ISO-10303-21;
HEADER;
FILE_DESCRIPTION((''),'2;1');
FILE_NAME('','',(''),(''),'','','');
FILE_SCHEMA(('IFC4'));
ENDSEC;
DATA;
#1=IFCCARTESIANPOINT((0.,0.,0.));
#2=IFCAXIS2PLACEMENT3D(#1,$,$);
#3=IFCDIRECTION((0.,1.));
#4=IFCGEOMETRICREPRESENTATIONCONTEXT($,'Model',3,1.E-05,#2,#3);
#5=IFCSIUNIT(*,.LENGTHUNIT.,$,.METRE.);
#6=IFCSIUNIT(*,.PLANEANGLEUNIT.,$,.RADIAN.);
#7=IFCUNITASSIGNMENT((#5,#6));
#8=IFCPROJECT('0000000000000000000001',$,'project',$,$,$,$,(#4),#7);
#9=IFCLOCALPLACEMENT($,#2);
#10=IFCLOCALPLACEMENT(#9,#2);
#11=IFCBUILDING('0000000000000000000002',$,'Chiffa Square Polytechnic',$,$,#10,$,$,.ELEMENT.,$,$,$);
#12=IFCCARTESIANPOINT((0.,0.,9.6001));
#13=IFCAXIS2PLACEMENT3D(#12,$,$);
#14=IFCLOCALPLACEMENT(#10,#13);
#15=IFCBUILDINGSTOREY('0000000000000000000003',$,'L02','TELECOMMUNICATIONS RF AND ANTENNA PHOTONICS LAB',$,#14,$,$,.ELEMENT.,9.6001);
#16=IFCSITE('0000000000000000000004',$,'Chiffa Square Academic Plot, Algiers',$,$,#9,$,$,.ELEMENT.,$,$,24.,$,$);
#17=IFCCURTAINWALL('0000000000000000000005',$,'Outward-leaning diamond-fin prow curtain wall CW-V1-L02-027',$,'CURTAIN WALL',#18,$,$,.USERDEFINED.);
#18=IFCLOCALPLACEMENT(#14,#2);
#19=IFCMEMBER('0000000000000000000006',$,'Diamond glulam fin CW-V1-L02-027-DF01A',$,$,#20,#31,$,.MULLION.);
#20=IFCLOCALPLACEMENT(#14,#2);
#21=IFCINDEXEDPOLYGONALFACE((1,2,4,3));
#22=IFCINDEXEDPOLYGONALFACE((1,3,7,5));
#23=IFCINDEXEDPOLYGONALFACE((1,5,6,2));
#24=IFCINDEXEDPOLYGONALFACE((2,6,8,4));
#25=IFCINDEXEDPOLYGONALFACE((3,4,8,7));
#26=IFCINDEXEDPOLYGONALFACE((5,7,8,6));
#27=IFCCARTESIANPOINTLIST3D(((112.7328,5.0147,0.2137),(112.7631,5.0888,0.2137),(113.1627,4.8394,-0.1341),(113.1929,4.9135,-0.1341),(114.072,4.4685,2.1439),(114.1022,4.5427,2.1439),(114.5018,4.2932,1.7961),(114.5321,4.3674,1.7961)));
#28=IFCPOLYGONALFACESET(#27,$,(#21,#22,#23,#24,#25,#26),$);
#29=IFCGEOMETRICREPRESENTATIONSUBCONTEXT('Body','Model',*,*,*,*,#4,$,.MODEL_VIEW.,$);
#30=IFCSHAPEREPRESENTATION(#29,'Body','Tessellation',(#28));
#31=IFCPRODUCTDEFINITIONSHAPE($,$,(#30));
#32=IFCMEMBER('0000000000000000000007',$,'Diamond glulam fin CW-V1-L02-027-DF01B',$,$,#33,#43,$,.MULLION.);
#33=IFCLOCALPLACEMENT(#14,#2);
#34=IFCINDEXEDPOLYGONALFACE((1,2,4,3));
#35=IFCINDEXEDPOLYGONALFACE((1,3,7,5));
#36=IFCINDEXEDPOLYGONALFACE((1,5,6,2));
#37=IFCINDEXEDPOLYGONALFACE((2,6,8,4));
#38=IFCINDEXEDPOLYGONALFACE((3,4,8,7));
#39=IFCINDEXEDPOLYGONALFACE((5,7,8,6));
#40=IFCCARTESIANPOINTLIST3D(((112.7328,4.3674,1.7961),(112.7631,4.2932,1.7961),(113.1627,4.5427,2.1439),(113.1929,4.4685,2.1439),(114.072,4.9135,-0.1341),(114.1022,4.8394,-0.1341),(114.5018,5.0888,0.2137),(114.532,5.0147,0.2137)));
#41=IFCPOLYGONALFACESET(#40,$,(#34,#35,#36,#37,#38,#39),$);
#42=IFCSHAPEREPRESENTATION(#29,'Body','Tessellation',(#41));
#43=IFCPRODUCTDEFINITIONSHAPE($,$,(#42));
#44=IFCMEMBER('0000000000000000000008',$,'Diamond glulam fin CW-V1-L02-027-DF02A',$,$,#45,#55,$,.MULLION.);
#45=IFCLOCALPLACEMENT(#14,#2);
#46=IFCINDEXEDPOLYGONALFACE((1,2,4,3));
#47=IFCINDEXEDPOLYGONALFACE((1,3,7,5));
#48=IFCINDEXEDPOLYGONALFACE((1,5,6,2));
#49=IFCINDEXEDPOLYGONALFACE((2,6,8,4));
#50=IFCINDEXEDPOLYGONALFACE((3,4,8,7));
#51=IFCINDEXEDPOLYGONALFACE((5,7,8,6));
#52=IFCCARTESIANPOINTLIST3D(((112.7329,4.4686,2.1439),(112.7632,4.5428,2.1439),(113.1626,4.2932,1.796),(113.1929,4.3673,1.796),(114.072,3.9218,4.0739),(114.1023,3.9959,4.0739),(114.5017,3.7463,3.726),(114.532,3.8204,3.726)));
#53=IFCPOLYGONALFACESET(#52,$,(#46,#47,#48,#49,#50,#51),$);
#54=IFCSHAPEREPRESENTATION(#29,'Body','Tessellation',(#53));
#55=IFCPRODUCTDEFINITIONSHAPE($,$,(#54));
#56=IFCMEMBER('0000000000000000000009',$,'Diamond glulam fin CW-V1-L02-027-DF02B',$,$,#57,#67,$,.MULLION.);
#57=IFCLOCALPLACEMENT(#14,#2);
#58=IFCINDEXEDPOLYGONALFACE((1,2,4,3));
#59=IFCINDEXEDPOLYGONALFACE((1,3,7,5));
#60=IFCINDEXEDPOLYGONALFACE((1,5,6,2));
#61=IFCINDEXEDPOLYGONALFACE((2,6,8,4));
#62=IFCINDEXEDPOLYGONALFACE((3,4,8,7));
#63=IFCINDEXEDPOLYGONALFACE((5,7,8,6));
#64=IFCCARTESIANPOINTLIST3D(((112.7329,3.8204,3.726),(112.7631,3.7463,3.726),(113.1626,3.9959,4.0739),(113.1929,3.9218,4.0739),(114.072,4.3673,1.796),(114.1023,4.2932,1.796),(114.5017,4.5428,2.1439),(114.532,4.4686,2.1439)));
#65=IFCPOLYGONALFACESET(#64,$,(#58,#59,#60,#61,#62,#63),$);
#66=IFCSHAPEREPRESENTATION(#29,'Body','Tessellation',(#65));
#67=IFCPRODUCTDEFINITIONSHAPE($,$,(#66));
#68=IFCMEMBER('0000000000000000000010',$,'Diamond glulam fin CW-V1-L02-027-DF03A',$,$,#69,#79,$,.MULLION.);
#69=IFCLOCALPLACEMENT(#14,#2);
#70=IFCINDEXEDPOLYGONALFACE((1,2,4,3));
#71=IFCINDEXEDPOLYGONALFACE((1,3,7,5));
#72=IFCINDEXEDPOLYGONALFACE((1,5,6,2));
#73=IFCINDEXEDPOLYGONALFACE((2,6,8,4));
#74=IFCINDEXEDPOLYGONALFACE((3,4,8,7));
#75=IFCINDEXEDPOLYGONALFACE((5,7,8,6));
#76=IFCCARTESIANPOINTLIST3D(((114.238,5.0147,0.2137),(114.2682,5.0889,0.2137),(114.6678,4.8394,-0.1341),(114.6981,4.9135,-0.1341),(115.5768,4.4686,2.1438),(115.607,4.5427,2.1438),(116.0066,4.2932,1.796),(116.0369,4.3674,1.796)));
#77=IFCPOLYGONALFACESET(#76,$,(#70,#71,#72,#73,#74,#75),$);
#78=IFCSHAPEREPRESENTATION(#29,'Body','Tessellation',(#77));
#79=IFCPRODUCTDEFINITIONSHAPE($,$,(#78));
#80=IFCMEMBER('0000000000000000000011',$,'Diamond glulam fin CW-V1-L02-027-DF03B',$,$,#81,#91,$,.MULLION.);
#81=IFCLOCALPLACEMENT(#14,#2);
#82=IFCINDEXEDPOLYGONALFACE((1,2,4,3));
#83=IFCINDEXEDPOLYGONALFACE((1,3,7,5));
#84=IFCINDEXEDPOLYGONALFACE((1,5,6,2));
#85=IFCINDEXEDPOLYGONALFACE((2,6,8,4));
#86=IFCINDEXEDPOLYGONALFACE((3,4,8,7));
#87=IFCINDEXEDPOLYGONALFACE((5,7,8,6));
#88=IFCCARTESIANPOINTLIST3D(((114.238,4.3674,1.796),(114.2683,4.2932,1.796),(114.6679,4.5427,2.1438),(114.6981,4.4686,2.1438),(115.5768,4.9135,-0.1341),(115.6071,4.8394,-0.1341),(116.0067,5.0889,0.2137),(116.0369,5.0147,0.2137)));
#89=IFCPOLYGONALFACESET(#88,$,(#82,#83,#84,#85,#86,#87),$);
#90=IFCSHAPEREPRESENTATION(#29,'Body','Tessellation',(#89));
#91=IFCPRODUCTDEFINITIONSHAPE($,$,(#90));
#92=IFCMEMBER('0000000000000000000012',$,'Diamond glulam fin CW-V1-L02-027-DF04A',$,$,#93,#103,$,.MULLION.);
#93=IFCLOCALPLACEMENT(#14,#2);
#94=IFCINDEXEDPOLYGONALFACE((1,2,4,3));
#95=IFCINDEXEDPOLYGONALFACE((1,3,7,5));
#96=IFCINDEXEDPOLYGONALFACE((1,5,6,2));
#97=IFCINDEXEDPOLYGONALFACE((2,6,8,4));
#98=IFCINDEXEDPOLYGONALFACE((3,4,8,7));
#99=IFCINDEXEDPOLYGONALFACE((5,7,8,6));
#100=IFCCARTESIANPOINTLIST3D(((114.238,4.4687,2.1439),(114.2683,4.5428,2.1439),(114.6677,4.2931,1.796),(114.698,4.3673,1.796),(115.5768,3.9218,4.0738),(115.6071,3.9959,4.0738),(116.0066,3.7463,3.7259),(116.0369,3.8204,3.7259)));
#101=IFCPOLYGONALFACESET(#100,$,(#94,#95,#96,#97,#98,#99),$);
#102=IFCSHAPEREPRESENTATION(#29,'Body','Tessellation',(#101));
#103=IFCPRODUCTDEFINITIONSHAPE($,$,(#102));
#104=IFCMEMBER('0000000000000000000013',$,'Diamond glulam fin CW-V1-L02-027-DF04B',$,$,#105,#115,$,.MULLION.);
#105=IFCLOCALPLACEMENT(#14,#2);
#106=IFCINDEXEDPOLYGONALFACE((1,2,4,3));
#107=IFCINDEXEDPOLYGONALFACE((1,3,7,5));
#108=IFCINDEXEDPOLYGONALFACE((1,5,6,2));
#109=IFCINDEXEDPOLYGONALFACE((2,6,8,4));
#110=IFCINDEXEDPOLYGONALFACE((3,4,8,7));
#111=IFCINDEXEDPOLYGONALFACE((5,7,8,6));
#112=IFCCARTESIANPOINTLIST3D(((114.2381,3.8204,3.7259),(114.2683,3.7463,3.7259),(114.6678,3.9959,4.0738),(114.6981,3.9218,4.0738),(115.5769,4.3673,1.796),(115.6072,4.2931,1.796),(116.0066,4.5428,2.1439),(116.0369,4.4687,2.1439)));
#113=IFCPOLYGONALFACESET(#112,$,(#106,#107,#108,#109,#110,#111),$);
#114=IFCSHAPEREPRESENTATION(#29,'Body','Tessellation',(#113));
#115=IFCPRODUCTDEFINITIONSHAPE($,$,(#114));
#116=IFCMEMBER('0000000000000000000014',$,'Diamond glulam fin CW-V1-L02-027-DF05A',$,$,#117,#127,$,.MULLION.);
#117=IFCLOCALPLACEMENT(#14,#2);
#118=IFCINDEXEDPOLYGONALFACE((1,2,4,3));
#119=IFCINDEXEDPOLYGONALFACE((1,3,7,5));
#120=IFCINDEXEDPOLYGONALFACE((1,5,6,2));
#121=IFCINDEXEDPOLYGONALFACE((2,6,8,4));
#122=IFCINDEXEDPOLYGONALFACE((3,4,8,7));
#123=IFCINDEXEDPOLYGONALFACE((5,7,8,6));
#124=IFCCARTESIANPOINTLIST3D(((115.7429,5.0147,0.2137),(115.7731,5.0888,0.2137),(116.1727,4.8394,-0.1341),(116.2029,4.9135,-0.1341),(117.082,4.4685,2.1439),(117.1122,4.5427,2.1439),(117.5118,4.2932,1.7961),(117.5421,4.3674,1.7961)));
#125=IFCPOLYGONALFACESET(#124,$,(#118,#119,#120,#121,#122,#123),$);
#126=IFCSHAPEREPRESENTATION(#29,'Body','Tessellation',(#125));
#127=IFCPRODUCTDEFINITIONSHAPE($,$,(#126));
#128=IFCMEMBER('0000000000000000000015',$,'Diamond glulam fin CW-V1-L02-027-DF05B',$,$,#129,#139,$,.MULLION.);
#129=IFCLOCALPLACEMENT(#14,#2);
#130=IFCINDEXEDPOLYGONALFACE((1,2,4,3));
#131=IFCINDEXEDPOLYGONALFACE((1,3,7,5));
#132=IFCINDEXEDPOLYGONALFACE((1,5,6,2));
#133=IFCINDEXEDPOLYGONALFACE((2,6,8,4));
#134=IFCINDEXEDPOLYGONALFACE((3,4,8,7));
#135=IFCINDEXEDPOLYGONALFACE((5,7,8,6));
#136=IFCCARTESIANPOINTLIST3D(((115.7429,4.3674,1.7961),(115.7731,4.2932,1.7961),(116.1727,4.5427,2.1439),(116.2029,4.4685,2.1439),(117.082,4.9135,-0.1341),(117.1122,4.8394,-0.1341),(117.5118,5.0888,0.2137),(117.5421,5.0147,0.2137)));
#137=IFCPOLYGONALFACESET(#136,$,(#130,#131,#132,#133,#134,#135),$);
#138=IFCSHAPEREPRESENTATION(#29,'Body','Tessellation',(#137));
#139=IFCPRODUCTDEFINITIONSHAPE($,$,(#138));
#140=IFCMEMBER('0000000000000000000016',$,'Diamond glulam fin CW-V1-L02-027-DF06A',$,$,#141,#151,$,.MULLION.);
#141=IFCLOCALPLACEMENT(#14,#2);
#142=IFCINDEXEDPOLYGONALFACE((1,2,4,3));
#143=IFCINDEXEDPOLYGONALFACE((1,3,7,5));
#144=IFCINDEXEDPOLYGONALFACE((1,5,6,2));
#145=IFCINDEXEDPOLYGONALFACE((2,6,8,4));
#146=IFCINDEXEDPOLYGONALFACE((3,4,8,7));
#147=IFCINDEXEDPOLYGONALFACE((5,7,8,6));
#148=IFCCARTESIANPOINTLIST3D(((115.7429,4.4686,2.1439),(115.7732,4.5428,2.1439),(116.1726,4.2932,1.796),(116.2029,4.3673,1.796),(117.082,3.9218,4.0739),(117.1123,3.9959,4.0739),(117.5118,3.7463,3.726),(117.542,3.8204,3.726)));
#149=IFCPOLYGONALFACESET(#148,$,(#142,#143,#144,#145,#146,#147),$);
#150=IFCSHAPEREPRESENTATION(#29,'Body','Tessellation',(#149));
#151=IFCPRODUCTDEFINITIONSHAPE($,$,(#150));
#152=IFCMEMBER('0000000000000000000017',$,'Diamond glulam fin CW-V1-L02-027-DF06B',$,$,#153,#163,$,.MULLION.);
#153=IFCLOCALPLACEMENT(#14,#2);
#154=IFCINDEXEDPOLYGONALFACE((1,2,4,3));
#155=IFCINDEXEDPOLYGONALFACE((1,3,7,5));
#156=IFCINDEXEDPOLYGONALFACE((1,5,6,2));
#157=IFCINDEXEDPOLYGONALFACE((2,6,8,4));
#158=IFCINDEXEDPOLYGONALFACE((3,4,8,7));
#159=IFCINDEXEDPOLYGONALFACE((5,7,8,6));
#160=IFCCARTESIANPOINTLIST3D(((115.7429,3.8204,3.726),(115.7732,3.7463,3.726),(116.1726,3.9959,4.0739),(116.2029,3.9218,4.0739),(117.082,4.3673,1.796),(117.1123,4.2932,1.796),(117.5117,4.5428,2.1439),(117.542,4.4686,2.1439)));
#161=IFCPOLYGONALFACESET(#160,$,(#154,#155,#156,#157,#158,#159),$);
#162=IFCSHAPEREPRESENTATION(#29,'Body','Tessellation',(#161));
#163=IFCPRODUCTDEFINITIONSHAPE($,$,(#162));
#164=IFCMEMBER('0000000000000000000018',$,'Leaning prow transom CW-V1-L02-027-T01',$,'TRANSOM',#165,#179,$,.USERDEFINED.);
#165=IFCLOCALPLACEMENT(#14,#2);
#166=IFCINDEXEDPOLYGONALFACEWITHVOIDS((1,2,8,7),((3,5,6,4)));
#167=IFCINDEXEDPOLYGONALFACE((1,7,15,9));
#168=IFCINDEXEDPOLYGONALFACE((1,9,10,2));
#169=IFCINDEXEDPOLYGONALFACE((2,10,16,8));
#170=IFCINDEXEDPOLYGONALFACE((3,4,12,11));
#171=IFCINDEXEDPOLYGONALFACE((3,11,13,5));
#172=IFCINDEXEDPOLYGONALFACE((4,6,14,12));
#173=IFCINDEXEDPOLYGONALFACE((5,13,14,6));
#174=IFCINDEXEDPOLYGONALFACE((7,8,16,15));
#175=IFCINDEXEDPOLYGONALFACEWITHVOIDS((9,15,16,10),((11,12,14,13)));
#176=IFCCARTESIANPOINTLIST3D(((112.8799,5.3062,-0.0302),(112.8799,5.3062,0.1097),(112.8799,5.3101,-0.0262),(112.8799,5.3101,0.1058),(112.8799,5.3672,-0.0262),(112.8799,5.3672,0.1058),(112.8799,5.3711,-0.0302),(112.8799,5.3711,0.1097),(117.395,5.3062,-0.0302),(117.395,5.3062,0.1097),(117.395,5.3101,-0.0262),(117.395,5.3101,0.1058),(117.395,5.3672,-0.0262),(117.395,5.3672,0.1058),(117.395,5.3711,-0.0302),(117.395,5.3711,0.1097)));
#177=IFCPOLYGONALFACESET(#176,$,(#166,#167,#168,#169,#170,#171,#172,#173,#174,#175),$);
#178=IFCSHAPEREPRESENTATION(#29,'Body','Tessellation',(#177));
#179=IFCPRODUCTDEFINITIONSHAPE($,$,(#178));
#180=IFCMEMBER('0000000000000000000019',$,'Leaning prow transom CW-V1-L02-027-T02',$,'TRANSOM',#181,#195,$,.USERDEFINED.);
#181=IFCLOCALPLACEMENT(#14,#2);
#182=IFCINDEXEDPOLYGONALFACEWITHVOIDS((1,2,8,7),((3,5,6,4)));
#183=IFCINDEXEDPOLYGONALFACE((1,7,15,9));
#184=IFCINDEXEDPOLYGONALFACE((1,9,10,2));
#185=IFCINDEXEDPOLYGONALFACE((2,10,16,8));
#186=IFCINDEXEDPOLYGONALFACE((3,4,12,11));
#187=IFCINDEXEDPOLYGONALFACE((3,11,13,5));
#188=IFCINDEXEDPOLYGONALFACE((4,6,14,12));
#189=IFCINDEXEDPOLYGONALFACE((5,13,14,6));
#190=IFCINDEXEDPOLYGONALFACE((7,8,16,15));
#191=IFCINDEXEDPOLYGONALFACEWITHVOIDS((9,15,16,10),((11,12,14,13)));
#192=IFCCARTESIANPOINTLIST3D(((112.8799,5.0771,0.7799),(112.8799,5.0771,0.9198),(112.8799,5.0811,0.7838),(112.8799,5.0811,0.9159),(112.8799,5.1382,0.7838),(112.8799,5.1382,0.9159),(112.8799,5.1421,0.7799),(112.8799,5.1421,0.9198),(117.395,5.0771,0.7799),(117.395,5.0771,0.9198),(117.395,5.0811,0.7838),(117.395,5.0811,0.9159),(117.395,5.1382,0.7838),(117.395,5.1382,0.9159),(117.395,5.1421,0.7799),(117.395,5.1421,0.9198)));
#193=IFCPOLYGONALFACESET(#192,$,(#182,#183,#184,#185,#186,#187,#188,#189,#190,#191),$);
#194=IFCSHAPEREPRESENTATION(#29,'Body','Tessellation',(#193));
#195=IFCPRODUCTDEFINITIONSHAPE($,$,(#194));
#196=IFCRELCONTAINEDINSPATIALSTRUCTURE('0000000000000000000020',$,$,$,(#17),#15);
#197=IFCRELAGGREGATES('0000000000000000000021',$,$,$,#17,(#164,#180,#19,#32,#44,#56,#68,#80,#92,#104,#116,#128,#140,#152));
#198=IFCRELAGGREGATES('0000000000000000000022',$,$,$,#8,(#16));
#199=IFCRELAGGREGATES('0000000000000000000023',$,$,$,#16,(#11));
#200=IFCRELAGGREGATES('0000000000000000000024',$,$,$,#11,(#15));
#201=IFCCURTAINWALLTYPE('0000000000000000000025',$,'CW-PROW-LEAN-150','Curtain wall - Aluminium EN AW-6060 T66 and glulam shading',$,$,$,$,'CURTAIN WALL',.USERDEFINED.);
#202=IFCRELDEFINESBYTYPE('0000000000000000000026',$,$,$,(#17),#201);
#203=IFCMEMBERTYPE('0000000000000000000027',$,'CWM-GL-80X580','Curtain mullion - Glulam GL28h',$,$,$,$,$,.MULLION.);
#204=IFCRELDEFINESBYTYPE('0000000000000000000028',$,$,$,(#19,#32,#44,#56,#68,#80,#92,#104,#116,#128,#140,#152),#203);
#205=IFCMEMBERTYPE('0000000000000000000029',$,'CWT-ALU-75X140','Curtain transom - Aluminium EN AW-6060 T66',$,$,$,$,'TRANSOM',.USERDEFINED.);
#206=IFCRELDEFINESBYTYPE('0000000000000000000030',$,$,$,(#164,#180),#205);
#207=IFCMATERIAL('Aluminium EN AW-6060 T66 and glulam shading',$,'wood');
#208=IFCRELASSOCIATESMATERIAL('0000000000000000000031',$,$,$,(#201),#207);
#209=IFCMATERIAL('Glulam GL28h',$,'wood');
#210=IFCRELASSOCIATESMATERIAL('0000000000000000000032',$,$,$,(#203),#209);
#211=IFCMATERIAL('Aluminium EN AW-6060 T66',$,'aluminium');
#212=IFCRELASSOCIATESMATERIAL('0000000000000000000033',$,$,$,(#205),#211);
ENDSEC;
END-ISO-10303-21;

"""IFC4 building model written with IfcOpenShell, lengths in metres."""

from ifc_helpers import new_model, si_unit, direction, frame, origin, origin_2d, place, context, subcontext, project, spatial, rectangle, hollow_rectangle, extrude, material, material_profile, profile_set, type_object, element, aggregate, save


model = new_model("IFC4")

# Units and contexts
model_context = context("Model", 3, precision=1e-05, world=origin(), true_north=direction((0.0, 1.0)))
body_context = subcontext(model_context, "Body", "Model", "MODEL_VIEW")
ifc_project = project(units=[si_unit("LENGTHUNIT", "METRE"), si_unit("PLANEANGLEUNIT", "RADIAN")], contexts=[model_context])

# Site, building, storey
site_placement = place(None, origin())
site = spatial("IfcSite", under=ifc_project, at=site_placement, Name="Chiffa Square Academic Plot, Algiers", CompositionType="ELEMENT", RefElevation=24.0)
building_placement = place(site_placement, origin())
building = spatial("IfcBuilding", under=site, at=building_placement, Name="Chiffa Square Polytechnic", CompositionType="ELEMENT")
storey_placement = place(building_placement, frame((0.0, 0.0, 9.6001)))
storey = spatial("IfcBuildingStorey", under=building, at=storey_placement, Name="L02", Description="TELECOMMUNICATIONS RF AND ANTENNA PHOTONICS LAB", CompositionType="ELEMENT", Elevation=9.6001)

# Curtain wall, members
ifc_material_1 = material(Name="Aluminium EN AW-6060 T66 and glulam shading", Category="wood")
curtain_wall_type_1 = type_object("IfcCurtainWallType", Name="CW-PROW-LEAN-150", Description="Curtain wall - Aluminium EN AW-6060 T66 and glulam shading", ElementType="CURTAIN WALL", PredefinedType="USERDEFINED", material=ifc_material_1)
curtain_wall_1_placement = place(storey_placement, origin())
curtain_wall_1 = element("IfcCurtainWall", 1, at=curtain_wall_1_placement, inside=storey, type_object=curtain_wall_type_1, Name="Outward-leaning diamond-fin prow curtain wall CW-V1-L02-027", ObjectType="CURTAIN WALL", PredefinedType="USERDEFINED")
ifc_material_2 = material(Name="Glulam GL28h", Category="wood")
ifc_material_profile_1 = material_profile(ifc_material_2, rectangle(XDim=0.0801, YDim=0.5801, at=origin_2d()), Name="GL28h 80x580")
ifc_profile_set_1 = profile_set([ifc_material_profile_1], Name="Glulam GL28h")
member_type_1 = type_object("IfcMemberType", Name="CWM-GL-80X580", Description="Curtain mullion - Glulam GL28h", PredefinedType="MULLION", material=ifc_profile_set_1)
member_1_placement = place(storey_placement, frame((112.9629, 4.9641, 0.0398), z_axis=(0.555219, -0.22644, 0.800285), x_axis=(0.37764, 0.925952, 0.0)))
member_1 = element("IfcMember", 2, at=member_1_placement, type_object=member_type_1, Name="Diamond glulam fin CW-V1-L02-027-DF01A", PredefinedType="MULLION", context=body_context, shape_type="SweptSolid", body=[
    extrude(rectangle(XDim=0.0801, YDim=0.5801, at=origin_2d()), origin(), (0.0, 0.0, 1.0), 2.4119),
])
member_2_placement = place(storey_placement, frame((114.302, 4.9641, 0.0398), z_axis=(-0.555219, -0.22644, 0.800285), x_axis=(0.37764, -0.925952, 0.0)))
member_2 = element("IfcMember", 3, at=member_2_placement, type_object=member_type_1, Name="Diamond glulam fin CW-V1-L02-027-DF01B", PredefinedType="MULLION", context=body_context, shape_type="SweptSolid", body=[
    extrude(rectangle(XDim=0.0801, YDim=0.5801, at=origin_2d()), origin(), (0.0, 0.0, 1.0), 2.4119),
])
member_3_placement = place(storey_placement, frame((112.9629, 4.418, 1.97), z_axis=(0.555226, -0.226747, 0.800194), x_axis=(0.378074, 0.925775, 0.0)))
member_3 = element("IfcMember", 4, at=member_3_placement, type_object=member_type_1, Name="Diamond glulam fin CW-V1-L02-027-DF02A", PredefinedType="MULLION", context=body_context, shape_type="SweptSolid", body=[
    extrude(rectangle(XDim=0.0801, YDim=0.5801, at=origin_2d()), origin(), (0.0, 0.0, 1.0), 2.4119),
])
member_4_placement = place(storey_placement, frame((114.302, 4.418, 1.97), z_axis=(-0.555226, -0.226747, 0.800194), x_axis=(0.378074, -0.925775, 0.0)))
member_4 = element("IfcMember", 5, at=member_4_placement, type_object=member_type_1, Name="Diamond glulam fin CW-V1-L02-027-DF02B", PredefinedType="MULLION", context=body_context, shape_type="SweptSolid", body=[
    extrude(rectangle(XDim=0.0801, YDim=0.5801, at=origin_2d()), origin(), (0.0, 0.0, 1.0), 2.4119),
])
member_5_placement = place(storey_placement, frame((114.468, 4.9641, 0.0398), z_axis=(0.555149, -0.226453, 0.80033), x_axis=(0.377699, 0.925928, 0.0)))
member_5 = element("IfcMember", 6, at=member_5_placement, type_object=member_type_1, Name="Diamond glulam fin CW-V1-L02-027-DF03A", PredefinedType="MULLION", context=body_context, shape_type="SweptSolid", body=[
    extrude(rectangle(XDim=0.0801, YDim=0.5801, at=origin_2d()), origin(), (0.0, 0.0, 1.0), 2.4116),
])
member_6_placement = place(storey_placement, frame((115.8069, 4.9641, 0.0398), z_axis=(-0.555149, -0.226453, 0.80033), x_axis=(0.377699, -0.925928, 0.0)))
member_6 = element("IfcMember", 7, at=member_6_placement, type_object=member_type_1, Name="Diamond glulam fin CW-V1-L02-027-DF03B", PredefinedType="MULLION", context=body_context, shape_type="SweptSolid", body=[
    extrude(rectangle(XDim=0.0801, YDim=0.5801, at=origin_2d()), origin(), (0.0, 0.0, 1.0), 2.4116),
])
member_7_placement = place(storey_placement, frame((114.468, 4.418, 1.97), z_axis=(0.555156, -0.22676, 0.800239), x_axis=(0.378133, 0.925751, 0.0)))
member_7 = element("IfcMember", 8, at=member_7_placement, type_object=member_type_1, Name="Diamond glulam fin CW-V1-L02-027-DF04A", PredefinedType="MULLION", context=body_context, shape_type="SweptSolid", body=[
    extrude(rectangle(XDim=0.0801, YDim=0.5801, at=origin_2d()), origin(), (0.0, 0.0, 1.0), 2.4116),
])
member_8_placement = place(storey_placement, frame((115.8069, 4.418, 1.97), z_axis=(-0.555156, -0.22676, 0.800239), x_axis=(0.378133, -0.925751, 0.0)))
member_8 = element("IfcMember", 9, at=member_8_placement, type_object=member_type_1, Name="Diamond glulam fin CW-V1-L02-027-DF04B", PredefinedType="MULLION", context=body_context, shape_type="SweptSolid", body=[
    extrude(rectangle(XDim=0.0801, YDim=0.5801, at=origin_2d()), origin(), (0.0, 0.0, 1.0), 2.4116),
])
member_9_placement = place(storey_placement, frame((115.9729, 4.9641, 0.0398), z_axis=(0.555219, -0.22644, 0.800285), x_axis=(0.37764, 0.925952, 0.0)))
member_9 = element("IfcMember", 10, at=member_9_placement, type_object=member_type_1, Name="Diamond glulam fin CW-V1-L02-027-DF05A", PredefinedType="MULLION", context=body_context, shape_type="SweptSolid", body=[
    extrude(rectangle(XDim=0.0801, YDim=0.5801, at=origin_2d()), origin(), (0.0, 0.0, 1.0), 2.4119),
])
member_10_placement = place(storey_placement, frame((117.312, 4.9641, 0.0398), z_axis=(-0.555219, -0.22644, 0.800285), x_axis=(0.37764, -0.925952, 0.0)))
member_10 = element("IfcMember", 11, at=member_10_placement, type_object=member_type_1, Name="Diamond glulam fin CW-V1-L02-027-DF05B", PredefinedType="MULLION", context=body_context, shape_type="SweptSolid", body=[
    extrude(rectangle(XDim=0.0801, YDim=0.5801, at=origin_2d()), origin(), (0.0, 0.0, 1.0), 2.4119),
])
member_11_placement = place(storey_placement, frame((115.9729, 4.418, 1.97), z_axis=(0.555226, -0.226747, 0.800194), x_axis=(0.378074, 0.925775, 0.0)))
member_11 = element("IfcMember", 12, at=member_11_placement, type_object=member_type_1, Name="Diamond glulam fin CW-V1-L02-027-DF06A", PredefinedType="MULLION", context=body_context, shape_type="SweptSolid", body=[
    extrude(rectangle(XDim=0.0801, YDim=0.5801, at=origin_2d()), origin(), (0.0, 0.0, 1.0), 2.4119),
])
member_12_placement = place(storey_placement, frame((117.312, 4.418, 1.97), z_axis=(-0.555226, -0.226747, 0.800194), x_axis=(0.378074, -0.925775, 0.0)))
member_12 = element("IfcMember", 13, at=member_12_placement, type_object=member_type_1, Name="Diamond glulam fin CW-V1-L02-027-DF06B", PredefinedType="MULLION", context=body_context, shape_type="SweptSolid", body=[
    extrude(rectangle(XDim=0.0801, YDim=0.5801, at=origin_2d()), origin(), (0.0, 0.0, 1.0), 2.4119),
])
ifc_material_3 = material(Name="Aluminium EN AW-6060 T66", Category="aluminium")
ifc_material_profile_2 = material_profile(ifc_material_3, hollow_rectangle(XDim=0.0649, YDim=0.1399, WallThickness=0.0039, at=origin_2d()), Name="ALU 65x140x4")
ifc_profile_set_2 = profile_set([ifc_material_profile_2], Name="Aluminium EN AW-6060 T66")
member_type_2 = type_object("IfcMemberType", Name="CWT-ALU-75X140", Description="Curtain transom - Aluminium EN AW-6060 T66", ElementType="TRANSOM", PredefinedType="USERDEFINED", material=ifc_profile_set_2)
member_13_placement = place(storey_placement, frame((112.8799, 5.3386, 0.0398), z_axis=(1.0, 0.0, 0.0), x_axis=(0.0, 1.0, 0.0)))
member_13 = element("IfcMember", 14, at=member_13_placement, type_object=member_type_2, Name="Leaning prow transom CW-V1-L02-027-T01", ObjectType="TRANSOM", PredefinedType="USERDEFINED", context=body_context, shape_type="SweptSolid", body=[
    extrude(hollow_rectangle(XDim=0.0649, YDim=0.1399, WallThickness=0.0039, at=origin_2d()), origin(), (0.0, 0.0, 1.0), 4.5151),
])
member_14_placement = place(storey_placement, frame((112.8799, 5.1096, 0.8499), z_axis=(1.0, 0.0, 0.0), x_axis=(0.0, 1.0, 0.0)))
member_14 = element("IfcMember", 15, at=member_14_placement, type_object=member_type_2, Name="Leaning prow transom CW-V1-L02-027-T02", ObjectType="TRANSOM", PredefinedType="USERDEFINED", context=body_context, shape_type="SweptSolid", body=[
    extrude(hollow_rectangle(XDim=0.0649, YDim=0.1399, WallThickness=0.0039, at=origin_2d()), origin(), (0.0, 0.0, 1.0), 4.5151),
])

aggregate(curtain_wall_1, [member_13, member_14, member_1, member_2, member_3, member_4, member_5, member_6, member_7, member_8, member_9, member_10, member_11, member_12])

save(model, "model.ifc")
